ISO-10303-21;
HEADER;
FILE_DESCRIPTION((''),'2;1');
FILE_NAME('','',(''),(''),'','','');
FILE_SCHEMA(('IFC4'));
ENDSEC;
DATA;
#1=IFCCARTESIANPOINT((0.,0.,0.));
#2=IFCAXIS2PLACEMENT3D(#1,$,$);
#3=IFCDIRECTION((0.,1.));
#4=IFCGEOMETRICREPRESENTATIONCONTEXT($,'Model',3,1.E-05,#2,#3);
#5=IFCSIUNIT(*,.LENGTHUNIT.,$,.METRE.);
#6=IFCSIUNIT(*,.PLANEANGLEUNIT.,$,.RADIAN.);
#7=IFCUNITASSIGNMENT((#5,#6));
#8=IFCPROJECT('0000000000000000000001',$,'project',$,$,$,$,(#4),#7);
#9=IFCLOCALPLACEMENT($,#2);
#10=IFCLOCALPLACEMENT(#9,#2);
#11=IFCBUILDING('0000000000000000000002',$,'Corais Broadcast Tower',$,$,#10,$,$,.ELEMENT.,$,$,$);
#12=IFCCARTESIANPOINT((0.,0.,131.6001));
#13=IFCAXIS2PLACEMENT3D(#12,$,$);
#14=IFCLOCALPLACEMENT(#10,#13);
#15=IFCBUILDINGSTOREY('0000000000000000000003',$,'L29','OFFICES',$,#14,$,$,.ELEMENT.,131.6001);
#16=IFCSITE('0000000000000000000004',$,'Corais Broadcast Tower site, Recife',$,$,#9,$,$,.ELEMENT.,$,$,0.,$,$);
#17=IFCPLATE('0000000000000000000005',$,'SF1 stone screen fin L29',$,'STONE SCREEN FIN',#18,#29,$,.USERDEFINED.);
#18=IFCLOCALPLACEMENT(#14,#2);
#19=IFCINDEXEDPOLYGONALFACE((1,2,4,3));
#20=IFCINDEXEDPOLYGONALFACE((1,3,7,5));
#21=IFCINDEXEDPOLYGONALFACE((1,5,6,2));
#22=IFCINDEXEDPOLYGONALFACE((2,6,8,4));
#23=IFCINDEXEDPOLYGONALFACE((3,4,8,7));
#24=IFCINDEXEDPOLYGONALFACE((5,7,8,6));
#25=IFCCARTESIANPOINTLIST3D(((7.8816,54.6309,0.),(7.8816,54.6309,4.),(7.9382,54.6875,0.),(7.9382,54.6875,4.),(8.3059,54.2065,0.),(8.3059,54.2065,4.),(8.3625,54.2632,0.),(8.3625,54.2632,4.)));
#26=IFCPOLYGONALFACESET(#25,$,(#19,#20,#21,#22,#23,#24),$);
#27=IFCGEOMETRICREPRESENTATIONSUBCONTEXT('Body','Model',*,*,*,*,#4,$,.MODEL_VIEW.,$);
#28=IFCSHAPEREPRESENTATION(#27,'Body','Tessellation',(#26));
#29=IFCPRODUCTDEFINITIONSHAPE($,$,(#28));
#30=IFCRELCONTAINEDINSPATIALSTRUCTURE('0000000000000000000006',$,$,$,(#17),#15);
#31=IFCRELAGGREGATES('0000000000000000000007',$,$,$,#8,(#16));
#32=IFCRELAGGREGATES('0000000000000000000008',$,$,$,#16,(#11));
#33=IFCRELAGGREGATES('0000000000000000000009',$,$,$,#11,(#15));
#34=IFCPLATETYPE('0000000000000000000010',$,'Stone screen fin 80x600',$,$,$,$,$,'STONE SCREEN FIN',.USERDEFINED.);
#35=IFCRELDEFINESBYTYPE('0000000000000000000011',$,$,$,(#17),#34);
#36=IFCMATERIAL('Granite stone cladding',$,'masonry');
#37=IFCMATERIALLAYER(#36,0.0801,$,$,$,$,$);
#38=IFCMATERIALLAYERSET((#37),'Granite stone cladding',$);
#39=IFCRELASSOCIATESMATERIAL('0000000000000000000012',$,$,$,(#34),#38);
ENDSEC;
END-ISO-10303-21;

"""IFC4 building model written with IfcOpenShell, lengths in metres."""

from ifc_helpers import new_model, si_unit, direction, frame, origin, origin_2d, place, context, subcontext, project, spatial, rectangle, extrude, material, layer, layer_set, type_object, element, save


model = new_model("IFC4")

# Units and contexts
model_context = context("Model", 3, precision=1e-05, world=origin(), true_north=direction((0.0, 1.0)))
body_context = subcontext(model_context, "Body", "Model", "MODEL_VIEW")
ifc_project = project(units=[si_unit("LENGTHUNIT", "METRE"), si_unit("PLANEANGLEUNIT", "RADIAN")], contexts=[model_context])

# Site, building, storey
site_placement = place(None, origin())
site = spatial("IfcSite", under=ifc_project, at=site_placement, Name="Corais Broadcast Tower site, Recife", CompositionType="ELEMENT", RefElevation=0.0)
building_placement = place(site_placement, origin())
building = spatial("IfcBuilding", under=site, at=building_placement, Name="Corais Broadcast Tower", CompositionType="ELEMENT")
storey_placement = place(building_placement, frame((0.0, 0.0, 131.6001)))
storey = spatial("IfcBuildingStorey", under=building, at=storey_placement, Name="L29", Description="OFFICES", CompositionType="ELEMENT", Elevation=131.6001)

# Plate
ifc_material_1 = material(Name="Granite stone cladding", Category="masonry")
ifc_layer_1 = layer(ifc_material_1, 0.0801)
ifc_layer_set_1 = layer_set([ifc_layer_1], Name="Granite stone cladding")
plate_type_1 = type_object("IfcPlateType", Name="Stone screen fin 80x600", ElementType="STONE SCREEN FIN", PredefinedType="USERDEFINED", material=ifc_layer_set_1)
for number, where, z_axis, x_axis, name in (
    (1, (8.1221, 54.447, 0.0), (0.0, 0.0, 1.0), (0.707107, 0.707107, 0.0), "SF1 stone screen fin L29"),
):
    element("IfcPlate", number, at=place(storey_placement, frame(where, z_axis=z_axis, x_axis=x_axis)), inside=storey, type_object=plate_type_1, Name=name, ObjectType="STONE SCREEN FIN", PredefinedType="USERDEFINED", context=body_context, shape_type="SweptSolid", body=[
        extrude(rectangle(XDim=0.0801, YDim=0.6001, at=origin_2d()), origin(), (0.0, 0.0, 1.0), 4.0),
    ])

save(model, "model.ifc")
